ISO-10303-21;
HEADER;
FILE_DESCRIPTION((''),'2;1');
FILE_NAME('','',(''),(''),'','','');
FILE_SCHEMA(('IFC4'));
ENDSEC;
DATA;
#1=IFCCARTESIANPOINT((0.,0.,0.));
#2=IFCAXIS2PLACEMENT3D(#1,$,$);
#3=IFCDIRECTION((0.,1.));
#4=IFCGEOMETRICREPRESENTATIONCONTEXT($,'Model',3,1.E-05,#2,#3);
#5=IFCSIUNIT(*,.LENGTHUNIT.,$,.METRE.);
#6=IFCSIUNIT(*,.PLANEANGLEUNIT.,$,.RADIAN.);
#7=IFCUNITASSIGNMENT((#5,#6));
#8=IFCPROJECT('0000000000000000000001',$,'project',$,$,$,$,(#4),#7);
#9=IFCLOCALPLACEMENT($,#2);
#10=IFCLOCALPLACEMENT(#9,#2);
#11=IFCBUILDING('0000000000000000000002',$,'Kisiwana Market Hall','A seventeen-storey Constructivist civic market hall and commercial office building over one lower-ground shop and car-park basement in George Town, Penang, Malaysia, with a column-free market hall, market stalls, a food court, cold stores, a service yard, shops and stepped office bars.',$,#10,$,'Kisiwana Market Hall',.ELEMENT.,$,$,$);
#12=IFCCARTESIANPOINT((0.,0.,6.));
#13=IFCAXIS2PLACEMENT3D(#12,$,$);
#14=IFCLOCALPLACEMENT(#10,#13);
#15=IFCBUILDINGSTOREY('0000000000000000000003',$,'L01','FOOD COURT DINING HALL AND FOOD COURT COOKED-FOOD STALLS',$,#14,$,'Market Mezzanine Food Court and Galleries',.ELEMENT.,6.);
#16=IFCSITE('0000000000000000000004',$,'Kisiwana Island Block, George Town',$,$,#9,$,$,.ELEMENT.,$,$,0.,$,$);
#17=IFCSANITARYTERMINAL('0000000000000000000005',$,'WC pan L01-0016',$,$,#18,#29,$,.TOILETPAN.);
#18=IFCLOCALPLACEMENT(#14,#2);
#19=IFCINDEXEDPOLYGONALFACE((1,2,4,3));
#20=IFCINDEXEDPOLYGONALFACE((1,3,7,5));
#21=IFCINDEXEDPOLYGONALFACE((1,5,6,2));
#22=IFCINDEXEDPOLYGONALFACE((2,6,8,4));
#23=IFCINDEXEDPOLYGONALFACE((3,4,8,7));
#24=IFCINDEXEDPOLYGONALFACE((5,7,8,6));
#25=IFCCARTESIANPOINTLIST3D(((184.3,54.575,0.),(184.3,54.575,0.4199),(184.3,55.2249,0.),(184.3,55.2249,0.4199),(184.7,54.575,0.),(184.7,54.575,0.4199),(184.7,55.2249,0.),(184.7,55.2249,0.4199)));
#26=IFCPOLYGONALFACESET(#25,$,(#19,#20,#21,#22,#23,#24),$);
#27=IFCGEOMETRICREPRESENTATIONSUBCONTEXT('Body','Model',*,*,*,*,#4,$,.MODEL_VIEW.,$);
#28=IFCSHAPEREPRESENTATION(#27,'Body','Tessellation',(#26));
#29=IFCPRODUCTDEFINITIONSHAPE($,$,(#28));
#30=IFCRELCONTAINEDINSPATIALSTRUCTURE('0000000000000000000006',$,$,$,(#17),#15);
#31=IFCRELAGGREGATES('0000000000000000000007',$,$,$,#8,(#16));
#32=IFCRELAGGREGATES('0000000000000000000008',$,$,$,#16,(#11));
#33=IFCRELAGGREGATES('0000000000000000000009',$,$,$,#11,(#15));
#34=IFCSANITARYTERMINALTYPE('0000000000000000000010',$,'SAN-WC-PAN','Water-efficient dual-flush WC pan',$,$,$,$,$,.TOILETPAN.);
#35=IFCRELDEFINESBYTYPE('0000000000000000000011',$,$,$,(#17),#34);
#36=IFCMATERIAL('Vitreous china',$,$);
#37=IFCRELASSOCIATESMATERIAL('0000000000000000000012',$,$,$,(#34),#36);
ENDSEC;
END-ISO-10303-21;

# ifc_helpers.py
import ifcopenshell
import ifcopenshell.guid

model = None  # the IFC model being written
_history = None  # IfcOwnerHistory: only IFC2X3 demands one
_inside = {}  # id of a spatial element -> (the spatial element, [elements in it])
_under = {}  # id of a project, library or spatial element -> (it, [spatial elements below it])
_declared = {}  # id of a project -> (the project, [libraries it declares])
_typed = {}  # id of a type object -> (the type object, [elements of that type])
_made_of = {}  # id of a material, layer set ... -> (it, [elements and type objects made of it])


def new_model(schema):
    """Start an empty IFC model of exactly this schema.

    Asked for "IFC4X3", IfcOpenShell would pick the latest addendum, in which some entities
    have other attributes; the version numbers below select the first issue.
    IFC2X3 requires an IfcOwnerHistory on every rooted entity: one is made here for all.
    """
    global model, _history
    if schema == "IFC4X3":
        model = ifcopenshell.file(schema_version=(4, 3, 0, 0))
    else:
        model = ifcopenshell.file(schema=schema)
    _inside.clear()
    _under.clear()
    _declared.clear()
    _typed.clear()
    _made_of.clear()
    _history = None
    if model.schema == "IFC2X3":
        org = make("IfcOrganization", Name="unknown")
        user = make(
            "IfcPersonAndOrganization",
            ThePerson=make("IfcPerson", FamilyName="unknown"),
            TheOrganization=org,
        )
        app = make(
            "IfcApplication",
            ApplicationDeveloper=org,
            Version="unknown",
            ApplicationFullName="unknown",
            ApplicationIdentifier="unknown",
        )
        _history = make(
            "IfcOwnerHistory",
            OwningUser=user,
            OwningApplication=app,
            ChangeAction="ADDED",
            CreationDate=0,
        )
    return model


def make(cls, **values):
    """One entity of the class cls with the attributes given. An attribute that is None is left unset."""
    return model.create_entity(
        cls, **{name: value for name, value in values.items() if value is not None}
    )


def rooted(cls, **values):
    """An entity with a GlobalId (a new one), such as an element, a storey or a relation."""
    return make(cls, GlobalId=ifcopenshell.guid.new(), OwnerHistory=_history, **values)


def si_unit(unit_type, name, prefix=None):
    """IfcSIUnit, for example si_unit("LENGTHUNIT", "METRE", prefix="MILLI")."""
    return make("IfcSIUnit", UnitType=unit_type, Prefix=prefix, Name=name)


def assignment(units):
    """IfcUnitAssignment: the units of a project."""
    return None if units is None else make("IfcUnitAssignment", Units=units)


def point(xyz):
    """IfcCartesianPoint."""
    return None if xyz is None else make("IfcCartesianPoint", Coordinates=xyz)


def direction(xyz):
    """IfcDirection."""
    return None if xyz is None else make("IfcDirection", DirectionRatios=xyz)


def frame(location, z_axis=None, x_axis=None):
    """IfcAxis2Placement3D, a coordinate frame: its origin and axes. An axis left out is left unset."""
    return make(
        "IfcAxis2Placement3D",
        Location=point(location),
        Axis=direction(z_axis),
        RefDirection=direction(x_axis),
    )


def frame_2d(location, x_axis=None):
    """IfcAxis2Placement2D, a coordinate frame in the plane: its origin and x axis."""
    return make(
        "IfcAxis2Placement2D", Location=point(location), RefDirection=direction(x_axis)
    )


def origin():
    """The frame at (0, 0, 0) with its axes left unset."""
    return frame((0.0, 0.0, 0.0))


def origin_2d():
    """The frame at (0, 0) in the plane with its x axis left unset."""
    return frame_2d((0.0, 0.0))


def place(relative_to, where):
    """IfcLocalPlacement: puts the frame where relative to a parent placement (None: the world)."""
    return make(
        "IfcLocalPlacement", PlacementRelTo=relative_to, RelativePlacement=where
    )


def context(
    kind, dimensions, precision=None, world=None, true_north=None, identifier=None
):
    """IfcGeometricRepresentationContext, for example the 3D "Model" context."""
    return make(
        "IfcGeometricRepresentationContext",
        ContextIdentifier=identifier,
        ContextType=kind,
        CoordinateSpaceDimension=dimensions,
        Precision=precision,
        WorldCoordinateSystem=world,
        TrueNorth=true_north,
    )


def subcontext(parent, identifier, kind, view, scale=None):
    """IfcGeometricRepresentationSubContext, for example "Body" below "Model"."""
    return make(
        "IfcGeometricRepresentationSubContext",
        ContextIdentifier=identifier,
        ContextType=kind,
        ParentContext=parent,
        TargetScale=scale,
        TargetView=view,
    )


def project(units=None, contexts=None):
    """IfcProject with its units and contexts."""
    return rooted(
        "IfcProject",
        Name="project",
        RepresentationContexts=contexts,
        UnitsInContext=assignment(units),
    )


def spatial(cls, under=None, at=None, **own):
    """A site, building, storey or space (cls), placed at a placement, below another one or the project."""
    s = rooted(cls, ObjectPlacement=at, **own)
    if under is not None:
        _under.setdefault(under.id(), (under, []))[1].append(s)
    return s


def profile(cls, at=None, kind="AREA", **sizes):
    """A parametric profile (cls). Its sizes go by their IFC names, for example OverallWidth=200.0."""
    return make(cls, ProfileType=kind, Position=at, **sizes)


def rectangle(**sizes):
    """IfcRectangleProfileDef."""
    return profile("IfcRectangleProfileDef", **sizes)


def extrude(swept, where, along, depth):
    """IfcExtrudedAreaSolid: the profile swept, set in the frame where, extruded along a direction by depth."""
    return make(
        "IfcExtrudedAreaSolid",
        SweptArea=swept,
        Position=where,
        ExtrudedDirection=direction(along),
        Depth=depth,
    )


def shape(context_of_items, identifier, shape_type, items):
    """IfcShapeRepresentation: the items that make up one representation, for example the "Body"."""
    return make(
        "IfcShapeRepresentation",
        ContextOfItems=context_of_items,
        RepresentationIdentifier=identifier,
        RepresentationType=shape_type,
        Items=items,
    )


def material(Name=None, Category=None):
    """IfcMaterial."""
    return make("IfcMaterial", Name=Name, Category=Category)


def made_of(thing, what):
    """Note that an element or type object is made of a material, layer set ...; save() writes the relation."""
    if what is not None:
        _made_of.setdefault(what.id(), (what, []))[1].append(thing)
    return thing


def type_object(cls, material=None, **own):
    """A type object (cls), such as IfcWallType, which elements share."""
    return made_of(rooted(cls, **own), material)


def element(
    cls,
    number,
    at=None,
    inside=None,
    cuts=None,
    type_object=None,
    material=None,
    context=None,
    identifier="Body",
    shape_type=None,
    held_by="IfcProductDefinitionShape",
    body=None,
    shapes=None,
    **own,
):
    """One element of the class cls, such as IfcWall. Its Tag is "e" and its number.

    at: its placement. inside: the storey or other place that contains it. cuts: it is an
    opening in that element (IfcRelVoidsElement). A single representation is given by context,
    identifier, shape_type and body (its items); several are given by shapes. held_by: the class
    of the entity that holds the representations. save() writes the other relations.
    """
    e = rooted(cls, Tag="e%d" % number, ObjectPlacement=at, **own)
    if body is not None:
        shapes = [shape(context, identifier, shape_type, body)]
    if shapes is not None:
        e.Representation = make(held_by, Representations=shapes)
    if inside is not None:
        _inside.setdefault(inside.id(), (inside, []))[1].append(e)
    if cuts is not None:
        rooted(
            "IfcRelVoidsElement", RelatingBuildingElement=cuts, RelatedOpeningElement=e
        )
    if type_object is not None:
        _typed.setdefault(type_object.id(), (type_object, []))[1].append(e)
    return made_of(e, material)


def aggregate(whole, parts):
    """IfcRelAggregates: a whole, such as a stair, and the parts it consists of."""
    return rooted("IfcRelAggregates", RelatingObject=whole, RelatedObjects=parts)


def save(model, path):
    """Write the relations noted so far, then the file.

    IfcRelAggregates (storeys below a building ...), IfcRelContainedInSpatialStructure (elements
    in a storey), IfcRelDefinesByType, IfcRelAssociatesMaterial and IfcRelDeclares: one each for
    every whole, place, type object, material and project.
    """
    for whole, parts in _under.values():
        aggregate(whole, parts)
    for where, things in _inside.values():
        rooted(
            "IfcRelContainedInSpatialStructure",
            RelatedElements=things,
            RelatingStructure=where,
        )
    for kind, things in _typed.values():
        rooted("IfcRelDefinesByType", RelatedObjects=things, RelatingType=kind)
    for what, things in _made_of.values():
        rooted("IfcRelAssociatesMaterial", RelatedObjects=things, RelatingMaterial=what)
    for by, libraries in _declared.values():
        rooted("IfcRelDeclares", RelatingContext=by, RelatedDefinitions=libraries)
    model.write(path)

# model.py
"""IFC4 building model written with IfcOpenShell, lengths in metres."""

from ifc_helpers import new_model, si_unit, direction, frame, origin, origin_2d, place, context, subcontext, project, spatial, rectangle, extrude, material, type_object, element, save


model = new_model("IFC4")

# Units and contexts
model_context = context("Model", 3, precision=1e-05, world=origin(), true_north=direction((0.0, 1.0)))
body_context = subcontext(model_context, "Body", "Model", "MODEL_VIEW")
ifc_project = project(units=[si_unit("LENGTHUNIT", "METRE"), si_unit("PLANEANGLEUNIT", "RADIAN")], contexts=[model_context])

# Site, building, storey
site_placement = place(None, origin())
site = spatial("IfcSite", under=ifc_project, at=site_placement, Name="Kisiwana Island Block, George Town", CompositionType="ELEMENT", RefElevation=0.0)
building_placement = place(site_placement, origin())
building = spatial("IfcBuilding", under=site, at=building_placement, Name="Kisiwana Market Hall", Description="A seventeen-storey Constructivist civic market hall and commercial office building over one lower-ground shop and car-park basement in George Town, Penang, Malaysia, with a column-free market hall, market stalls, a food court, cold stores, a service yard, shops and stepped office bars.", LongName="Kisiwana Market Hall", CompositionType="ELEMENT")
storey_placement = place(building_placement, frame((0.0, 0.0, 6.0)))
storey = spatial("IfcBuildingStorey", under=building, at=storey_placement, Name="L01", Description="FOOD COURT DINING HALL AND FOOD COURT COOKED-FOOD STALLS", LongName="Market Mezzanine Food Court and Galleries", CompositionType="ELEMENT", Elevation=6.0)

# Sanitary terminal
ifc_material_1 = material(Name="Vitreous china")
sanitary_terminal_type_1 = type_object("IfcSanitaryTerminalType", Name="SAN-WC-PAN", Description="Water-efficient dual-flush WC pan", PredefinedType="TOILETPAN", material=ifc_material_1)
sanitary_terminal_1_placement = place(storey_placement, frame((184.5, 54.8999, 0.0), z_axis=(0.0, 0.0, 1.0), x_axis=(1.0, 0.0, 0.0)))
element("IfcSanitaryTerminal", 1, at=sanitary_terminal_1_placement, inside=storey, type_object=sanitary_terminal_type_1, Name="WC pan L01-0016", PredefinedType="TOILETPAN", context=body_context, shape_type="SweptSolid", body=[
    extrude(rectangle(XDim=0.3999, YDim=0.6499, at=origin_2d()), origin(), (0.0, 0.0, 1.0), 0.4199),
])

save(model, "model.ifc")
